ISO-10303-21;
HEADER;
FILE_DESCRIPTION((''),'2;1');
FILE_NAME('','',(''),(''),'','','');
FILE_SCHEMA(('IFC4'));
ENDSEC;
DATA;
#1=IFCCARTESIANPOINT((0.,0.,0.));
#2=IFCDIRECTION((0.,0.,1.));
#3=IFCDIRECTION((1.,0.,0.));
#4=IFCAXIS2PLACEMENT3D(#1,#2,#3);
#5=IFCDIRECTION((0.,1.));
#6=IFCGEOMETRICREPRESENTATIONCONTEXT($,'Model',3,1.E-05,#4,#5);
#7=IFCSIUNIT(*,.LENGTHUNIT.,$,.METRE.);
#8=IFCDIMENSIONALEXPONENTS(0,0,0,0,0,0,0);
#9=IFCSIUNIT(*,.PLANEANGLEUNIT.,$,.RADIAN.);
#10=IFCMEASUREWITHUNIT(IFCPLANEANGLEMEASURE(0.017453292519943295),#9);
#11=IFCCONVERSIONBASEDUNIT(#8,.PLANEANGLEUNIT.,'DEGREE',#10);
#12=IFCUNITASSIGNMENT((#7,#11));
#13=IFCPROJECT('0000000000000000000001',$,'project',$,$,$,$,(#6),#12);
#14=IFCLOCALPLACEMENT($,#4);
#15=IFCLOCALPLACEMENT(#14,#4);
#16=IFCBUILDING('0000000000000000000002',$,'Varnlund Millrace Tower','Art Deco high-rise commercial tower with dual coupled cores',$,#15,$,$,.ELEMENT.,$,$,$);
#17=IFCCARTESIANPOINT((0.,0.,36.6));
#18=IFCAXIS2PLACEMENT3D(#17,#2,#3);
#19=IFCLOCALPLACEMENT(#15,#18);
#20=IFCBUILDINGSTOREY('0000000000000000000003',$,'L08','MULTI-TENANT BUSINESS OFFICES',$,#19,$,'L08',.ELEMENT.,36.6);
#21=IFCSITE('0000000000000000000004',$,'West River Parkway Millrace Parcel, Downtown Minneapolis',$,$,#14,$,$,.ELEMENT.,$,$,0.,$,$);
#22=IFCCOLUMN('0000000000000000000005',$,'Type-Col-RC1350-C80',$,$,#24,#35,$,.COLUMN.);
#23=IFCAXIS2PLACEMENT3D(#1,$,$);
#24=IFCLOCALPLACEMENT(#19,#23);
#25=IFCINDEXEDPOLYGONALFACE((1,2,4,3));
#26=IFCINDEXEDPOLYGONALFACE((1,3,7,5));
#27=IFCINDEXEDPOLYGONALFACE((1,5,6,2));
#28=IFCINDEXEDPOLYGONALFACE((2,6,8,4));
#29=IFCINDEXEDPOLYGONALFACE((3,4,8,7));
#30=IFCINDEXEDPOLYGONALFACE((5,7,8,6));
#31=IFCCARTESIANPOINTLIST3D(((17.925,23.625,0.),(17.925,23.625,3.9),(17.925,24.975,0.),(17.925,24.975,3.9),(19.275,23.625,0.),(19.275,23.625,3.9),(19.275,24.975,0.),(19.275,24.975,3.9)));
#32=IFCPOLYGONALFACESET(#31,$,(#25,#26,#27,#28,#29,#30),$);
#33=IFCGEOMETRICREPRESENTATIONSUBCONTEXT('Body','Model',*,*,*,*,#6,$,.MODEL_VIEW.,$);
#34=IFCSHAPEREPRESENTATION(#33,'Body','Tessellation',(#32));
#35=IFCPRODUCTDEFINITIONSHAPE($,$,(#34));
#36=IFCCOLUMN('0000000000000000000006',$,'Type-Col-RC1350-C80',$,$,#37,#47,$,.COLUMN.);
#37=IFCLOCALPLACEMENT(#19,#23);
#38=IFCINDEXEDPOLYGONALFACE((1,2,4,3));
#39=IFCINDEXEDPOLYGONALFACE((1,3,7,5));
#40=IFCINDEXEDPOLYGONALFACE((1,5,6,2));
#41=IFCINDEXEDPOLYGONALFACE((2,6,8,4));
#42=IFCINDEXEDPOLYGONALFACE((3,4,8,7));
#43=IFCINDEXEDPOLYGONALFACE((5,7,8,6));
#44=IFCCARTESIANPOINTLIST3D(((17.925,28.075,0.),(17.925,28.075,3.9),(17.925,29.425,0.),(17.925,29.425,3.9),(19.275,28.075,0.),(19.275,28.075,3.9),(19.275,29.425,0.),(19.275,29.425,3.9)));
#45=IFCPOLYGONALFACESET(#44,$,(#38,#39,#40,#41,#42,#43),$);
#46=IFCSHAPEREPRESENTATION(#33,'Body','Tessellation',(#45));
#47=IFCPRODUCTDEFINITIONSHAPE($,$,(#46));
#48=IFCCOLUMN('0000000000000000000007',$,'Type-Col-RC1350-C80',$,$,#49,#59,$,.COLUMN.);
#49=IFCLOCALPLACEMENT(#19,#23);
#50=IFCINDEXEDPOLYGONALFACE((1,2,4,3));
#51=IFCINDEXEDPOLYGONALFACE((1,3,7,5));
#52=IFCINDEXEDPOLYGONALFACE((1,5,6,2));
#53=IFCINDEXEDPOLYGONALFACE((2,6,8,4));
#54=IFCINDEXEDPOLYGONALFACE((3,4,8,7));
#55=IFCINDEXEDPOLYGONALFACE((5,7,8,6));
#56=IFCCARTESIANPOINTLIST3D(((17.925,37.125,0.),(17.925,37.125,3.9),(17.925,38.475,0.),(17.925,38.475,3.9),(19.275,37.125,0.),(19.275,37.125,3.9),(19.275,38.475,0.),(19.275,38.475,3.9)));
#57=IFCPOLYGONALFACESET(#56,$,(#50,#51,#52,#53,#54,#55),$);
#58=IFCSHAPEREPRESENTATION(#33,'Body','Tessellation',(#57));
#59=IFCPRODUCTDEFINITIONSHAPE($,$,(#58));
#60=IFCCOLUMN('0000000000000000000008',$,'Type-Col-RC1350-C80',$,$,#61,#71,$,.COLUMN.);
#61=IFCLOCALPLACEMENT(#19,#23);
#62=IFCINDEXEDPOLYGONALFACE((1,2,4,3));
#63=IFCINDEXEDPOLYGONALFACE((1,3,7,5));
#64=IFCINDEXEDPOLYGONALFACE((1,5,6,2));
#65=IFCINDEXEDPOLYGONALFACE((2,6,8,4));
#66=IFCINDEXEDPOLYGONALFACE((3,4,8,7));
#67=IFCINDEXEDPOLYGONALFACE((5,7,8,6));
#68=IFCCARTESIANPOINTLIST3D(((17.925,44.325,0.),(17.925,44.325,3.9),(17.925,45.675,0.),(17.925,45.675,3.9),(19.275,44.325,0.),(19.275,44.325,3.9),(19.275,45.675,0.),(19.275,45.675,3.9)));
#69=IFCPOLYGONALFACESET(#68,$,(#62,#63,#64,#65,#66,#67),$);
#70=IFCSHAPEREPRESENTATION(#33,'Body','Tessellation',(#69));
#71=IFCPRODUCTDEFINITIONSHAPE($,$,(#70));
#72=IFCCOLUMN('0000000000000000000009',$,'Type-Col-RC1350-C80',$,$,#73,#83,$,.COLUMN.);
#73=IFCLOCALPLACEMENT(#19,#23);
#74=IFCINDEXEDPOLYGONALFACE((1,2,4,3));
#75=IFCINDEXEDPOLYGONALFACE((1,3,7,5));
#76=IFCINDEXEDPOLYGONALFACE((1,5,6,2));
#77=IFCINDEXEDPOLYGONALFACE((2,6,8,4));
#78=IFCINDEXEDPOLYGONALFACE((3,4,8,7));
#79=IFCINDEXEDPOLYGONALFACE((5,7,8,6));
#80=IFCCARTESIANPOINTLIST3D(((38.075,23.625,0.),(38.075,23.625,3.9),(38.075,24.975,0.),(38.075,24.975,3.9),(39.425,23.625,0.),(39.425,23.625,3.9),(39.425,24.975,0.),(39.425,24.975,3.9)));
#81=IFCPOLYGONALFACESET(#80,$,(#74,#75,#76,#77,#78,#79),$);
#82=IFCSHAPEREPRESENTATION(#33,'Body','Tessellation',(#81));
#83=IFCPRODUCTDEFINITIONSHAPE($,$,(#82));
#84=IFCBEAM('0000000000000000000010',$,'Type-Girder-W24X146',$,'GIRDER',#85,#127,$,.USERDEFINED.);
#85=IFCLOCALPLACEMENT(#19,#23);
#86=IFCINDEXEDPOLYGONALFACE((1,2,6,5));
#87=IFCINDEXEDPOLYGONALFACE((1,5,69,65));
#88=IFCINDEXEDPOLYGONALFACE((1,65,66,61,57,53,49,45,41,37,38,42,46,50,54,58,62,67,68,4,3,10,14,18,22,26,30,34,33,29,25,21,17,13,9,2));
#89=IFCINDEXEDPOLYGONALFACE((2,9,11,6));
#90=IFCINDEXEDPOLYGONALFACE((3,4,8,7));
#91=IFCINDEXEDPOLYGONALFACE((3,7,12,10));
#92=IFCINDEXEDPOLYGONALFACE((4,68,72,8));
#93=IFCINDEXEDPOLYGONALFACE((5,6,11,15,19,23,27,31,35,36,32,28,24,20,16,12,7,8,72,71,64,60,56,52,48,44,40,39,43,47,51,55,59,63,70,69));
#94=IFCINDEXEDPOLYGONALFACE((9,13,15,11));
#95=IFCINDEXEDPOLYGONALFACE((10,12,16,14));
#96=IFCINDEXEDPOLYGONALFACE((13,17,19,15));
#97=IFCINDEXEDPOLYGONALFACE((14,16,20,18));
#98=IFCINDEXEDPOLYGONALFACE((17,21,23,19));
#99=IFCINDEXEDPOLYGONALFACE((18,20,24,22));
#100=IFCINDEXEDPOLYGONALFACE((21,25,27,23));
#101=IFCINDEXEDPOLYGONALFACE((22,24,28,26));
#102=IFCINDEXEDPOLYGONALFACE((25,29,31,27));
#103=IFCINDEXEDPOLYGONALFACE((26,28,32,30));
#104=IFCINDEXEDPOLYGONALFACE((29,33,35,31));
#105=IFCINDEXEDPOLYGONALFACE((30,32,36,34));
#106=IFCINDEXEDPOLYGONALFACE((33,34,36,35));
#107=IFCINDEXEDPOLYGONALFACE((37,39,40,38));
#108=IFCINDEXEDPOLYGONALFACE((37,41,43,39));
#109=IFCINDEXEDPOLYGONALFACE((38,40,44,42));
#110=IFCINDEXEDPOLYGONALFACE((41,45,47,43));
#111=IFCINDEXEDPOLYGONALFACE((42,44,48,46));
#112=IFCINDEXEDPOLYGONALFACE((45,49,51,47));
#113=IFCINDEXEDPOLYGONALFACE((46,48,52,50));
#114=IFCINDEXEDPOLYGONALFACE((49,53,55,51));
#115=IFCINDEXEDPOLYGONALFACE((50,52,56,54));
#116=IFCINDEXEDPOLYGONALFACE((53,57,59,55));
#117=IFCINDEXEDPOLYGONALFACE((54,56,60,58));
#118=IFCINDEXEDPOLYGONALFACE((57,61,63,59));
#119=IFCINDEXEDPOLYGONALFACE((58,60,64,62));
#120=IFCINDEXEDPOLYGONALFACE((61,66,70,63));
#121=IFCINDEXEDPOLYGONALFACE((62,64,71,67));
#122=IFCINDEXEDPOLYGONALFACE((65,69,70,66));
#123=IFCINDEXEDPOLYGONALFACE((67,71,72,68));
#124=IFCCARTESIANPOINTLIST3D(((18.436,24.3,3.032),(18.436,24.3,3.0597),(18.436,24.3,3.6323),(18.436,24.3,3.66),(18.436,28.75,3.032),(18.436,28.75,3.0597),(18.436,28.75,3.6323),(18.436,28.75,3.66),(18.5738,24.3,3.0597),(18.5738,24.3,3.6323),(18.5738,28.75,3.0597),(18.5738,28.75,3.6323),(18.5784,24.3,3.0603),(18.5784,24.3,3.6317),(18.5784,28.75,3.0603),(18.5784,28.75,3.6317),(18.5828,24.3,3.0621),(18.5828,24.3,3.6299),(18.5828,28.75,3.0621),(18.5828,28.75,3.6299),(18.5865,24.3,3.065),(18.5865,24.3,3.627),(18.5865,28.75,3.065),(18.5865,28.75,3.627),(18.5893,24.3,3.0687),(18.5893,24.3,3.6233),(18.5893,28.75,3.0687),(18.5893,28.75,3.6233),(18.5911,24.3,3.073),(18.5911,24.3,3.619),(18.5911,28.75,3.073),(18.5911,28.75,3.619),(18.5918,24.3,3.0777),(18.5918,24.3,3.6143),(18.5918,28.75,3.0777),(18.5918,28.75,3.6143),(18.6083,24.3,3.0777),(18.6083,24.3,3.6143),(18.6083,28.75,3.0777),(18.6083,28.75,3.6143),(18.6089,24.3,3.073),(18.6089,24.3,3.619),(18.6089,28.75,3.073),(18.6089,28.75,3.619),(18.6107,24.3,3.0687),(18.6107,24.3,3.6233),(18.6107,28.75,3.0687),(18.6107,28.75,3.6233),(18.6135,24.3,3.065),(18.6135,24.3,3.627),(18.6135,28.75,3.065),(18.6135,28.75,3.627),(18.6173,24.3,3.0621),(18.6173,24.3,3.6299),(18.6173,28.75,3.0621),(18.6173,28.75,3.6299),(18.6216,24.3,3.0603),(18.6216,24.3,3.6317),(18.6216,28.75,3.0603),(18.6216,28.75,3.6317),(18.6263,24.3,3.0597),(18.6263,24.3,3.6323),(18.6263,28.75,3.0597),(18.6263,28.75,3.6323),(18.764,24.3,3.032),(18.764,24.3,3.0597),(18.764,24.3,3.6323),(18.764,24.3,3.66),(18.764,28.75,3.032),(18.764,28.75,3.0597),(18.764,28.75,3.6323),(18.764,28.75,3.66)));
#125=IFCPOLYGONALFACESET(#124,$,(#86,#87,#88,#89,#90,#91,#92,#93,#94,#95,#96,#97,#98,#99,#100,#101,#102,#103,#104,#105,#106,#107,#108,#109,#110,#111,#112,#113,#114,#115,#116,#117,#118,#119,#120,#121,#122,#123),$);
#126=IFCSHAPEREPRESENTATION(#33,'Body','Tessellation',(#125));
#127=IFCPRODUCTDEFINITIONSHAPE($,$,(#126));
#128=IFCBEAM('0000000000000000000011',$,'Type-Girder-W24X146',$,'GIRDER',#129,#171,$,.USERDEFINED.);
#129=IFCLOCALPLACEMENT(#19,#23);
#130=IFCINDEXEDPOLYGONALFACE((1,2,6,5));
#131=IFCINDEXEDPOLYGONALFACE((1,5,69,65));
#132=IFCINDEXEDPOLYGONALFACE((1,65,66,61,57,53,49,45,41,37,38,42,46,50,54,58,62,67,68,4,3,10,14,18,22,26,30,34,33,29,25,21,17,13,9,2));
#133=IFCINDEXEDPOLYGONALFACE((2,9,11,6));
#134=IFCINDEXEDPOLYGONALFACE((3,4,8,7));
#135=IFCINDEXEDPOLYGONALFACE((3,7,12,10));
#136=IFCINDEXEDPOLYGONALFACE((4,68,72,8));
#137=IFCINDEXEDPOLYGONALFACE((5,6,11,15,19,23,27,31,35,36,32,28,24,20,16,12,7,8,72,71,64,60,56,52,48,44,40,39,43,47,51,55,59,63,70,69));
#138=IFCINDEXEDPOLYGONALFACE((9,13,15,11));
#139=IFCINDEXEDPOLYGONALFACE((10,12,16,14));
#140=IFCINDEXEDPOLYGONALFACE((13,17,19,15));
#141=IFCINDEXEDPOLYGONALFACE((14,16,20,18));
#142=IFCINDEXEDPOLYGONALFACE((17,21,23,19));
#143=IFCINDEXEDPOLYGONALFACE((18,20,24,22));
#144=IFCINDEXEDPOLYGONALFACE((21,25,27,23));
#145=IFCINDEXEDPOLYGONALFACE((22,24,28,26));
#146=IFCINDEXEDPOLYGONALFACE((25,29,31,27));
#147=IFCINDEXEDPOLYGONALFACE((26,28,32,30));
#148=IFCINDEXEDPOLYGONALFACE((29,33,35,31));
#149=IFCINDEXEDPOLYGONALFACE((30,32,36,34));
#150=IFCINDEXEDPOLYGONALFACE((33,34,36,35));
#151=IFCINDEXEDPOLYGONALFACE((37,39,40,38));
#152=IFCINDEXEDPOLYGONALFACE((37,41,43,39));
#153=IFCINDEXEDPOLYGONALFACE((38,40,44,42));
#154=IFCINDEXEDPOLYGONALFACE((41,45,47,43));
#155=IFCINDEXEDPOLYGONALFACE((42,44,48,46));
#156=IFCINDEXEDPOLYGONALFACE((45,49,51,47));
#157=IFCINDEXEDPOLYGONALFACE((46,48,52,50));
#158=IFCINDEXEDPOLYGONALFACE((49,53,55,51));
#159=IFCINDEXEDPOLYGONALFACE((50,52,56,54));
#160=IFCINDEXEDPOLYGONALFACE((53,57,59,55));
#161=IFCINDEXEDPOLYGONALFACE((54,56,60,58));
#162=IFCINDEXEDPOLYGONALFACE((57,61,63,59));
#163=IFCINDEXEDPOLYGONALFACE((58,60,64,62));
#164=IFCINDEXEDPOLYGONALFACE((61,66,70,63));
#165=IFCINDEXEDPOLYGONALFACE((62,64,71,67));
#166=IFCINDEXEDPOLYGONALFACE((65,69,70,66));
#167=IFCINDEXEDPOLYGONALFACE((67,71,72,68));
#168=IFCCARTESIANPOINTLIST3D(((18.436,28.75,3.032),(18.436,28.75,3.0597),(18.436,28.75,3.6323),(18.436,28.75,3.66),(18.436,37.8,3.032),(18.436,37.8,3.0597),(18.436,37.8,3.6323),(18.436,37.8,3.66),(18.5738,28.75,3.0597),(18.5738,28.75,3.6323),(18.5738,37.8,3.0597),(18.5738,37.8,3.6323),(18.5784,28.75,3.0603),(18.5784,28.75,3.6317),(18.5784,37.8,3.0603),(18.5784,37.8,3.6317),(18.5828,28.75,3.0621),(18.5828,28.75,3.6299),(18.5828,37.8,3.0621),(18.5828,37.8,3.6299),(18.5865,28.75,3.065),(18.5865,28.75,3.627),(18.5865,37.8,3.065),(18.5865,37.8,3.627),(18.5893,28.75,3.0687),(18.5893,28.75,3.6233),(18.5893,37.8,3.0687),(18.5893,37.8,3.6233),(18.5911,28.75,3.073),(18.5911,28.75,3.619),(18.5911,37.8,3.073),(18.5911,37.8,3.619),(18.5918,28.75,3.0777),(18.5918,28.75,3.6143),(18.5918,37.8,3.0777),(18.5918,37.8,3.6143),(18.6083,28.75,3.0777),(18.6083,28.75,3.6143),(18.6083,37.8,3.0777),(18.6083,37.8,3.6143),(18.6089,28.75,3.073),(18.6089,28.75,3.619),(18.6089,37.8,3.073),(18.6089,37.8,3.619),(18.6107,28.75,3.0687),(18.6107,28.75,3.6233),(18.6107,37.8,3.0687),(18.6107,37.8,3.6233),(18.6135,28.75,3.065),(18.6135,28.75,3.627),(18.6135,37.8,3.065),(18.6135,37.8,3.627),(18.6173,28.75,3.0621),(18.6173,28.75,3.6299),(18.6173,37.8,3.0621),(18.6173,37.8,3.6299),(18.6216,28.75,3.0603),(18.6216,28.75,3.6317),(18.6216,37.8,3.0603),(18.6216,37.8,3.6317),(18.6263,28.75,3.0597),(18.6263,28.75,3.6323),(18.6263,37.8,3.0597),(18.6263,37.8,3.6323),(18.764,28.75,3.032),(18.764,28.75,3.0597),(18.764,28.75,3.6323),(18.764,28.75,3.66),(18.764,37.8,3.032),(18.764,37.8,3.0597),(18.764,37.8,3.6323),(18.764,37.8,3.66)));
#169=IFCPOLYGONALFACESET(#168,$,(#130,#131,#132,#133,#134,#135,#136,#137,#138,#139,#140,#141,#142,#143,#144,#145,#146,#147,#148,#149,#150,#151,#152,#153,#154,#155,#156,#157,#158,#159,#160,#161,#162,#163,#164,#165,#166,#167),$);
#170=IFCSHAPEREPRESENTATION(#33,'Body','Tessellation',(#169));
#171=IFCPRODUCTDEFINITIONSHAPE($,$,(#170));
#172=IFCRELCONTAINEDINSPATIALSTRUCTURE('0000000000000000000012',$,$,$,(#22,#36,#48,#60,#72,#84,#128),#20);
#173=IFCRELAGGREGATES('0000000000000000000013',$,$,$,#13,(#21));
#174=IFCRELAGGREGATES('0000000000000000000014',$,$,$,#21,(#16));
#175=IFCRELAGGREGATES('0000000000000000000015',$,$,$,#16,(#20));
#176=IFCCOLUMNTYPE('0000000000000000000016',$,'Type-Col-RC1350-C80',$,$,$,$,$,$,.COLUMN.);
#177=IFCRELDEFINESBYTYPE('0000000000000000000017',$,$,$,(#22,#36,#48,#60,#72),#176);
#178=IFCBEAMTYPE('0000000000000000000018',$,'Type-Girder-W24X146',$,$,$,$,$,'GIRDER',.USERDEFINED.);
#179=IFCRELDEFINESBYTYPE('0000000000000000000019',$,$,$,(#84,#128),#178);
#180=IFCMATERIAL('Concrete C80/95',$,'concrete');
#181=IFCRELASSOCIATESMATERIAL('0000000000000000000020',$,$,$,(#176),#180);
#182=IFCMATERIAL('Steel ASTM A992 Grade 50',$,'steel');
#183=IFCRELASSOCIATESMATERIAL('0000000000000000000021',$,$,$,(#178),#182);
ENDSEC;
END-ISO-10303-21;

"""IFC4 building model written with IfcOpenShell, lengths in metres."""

from ifc_helpers import new_model, entity, si_unit, converted_unit, direction, frame, origin_with_axes, origin_2d_with_axis, place, context, subcontext, project, spatial, rectangle, i_section, extrude, material, material_profile, profile_set, type_object, element, save


model = new_model("IFC4")

# Units and contexts
model_context = context("Model", 3, precision=1e-05, world=origin_with_axes(), true_north=direction((0.0, 1.0)))
body_context = subcontext(model_context, "Body", "Model", "MODEL_VIEW")
ifc_project = project(units=[si_unit("LENGTHUNIT", "METRE"), converted_unit("PLANEANGLEUNIT", "DEGREE", entity("IfcPlaneAngleMeasure", 0.017453292519943295), si_unit("PLANEANGLEUNIT", "RADIAN"), dimensions=[0, 0, 0, 0, 0, 0, 0])], contexts=[model_context])

# Site, building, storey
site_placement = place(None, origin_with_axes())
site = spatial("IfcSite", under=ifc_project, at=site_placement, Name="West River Parkway Millrace Parcel, Downtown Minneapolis", CompositionType="ELEMENT", RefElevation=0.0)
building_placement = place(site_placement, origin_with_axes())
building = spatial("IfcBuilding", under=site, at=building_placement, Name="Varnlund Millrace Tower", Description="Art Deco high-rise commercial tower with dual coupled cores", CompositionType="ELEMENT")
storey_placement = place(building_placement, frame((0.0, 0.0, 36.6), z_axis=(0.0, 0.0, 1.0), x_axis=(1.0, 0.0, 0.0)))
storey = spatial("IfcBuildingStorey", under=building, at=storey_placement, Name="L08", Description="MULTI-TENANT BUSINESS OFFICES", LongName="L08", CompositionType="ELEMENT", Elevation=36.6)

# Columns
ifc_material_1 = material(Name="Concrete C80/95", Category="concrete")
ifc_material_profile_1 = material_profile(ifc_material_1, rectangle(XDim=1.35, YDim=1.35, at=origin_2d_with_axis()), Name="Concrete C80/95")
ifc_profile_set_1 = profile_set([ifc_material_profile_1], Name="Concrete C80/95")
column_type = type_object("IfcColumnType", Name="Type-Col-RC1350-C80", PredefinedType="COLUMN", material=ifc_profile_set_1)
for number, where, z_axis, x_axis, name in (
    (1, (18.6, 24.3, 0.0), (0.0, 0.0, 1.0), (1.0, 0.0, 0.0), "Type-Col-RC1350-C80"),
    (2, (18.6, 28.75, 0.0), (0.0, 0.0, 1.0), (1.0, 0.0, 0.0), "Type-Col-RC1350-C80"),
    (3, (18.6, 37.8, 0.0), (0.0, 0.0, 1.0), (1.0, 0.0, 0.0), "Type-Col-RC1350-C80"),
    (4, (18.6, 45.0, 0.0), (0.0, 0.0, 1.0), (1.0, 0.0, 0.0), "Type-Col-RC1350-C80"),
    (5, (38.75, 24.3, 0.0), (0.0, 0.0, 1.0), (1.0, 0.0, 0.0), "Type-Col-RC1350-C80"),
):
    element("IfcColumn", number, at=place(storey_placement, frame(where, z_axis=z_axis, x_axis=x_axis)), inside=storey, type_object=column_type, Name=name, PredefinedType="COLUMN", context=body_context, shape_type="SweptSolid", body=[
        extrude(rectangle(XDim=1.35, YDim=1.35, at=origin_2d_with_axis()), origin_with_axes(), (0.0, 0.0, 1.0), 3.9),
    ])

# Beams
ifc_material_2 = material(Name="Steel ASTM A992 Grade 50", Category="steel")
ifc_material_profile_2 = material_profile(ifc_material_2, i_section(OverallWidth=0.328, OverallDepth=0.628, WebThickness=0.0165, FlangeThickness=0.0277, FilletRadius=0.018, at=origin_2d_with_axis()), Name="Steel ASTM A992 Grade 50")
ifc_profile_set_2 = profile_set([ifc_material_profile_2], Name="Steel ASTM A992 Grade 50")
beam_type_1 = type_object("IfcBeamType", Name="Type-Girder-W24X146", ElementType="GIRDER", PredefinedType="USERDEFINED", material=ifc_profile_set_2)
beam_1_placement = place(storey_placement, frame((18.6, 24.3, 3.346), z_axis=(0.0, 1.0, 0.0), x_axis=(-1.0, 0.0, 0.0)))
element("IfcBeam", 6, at=beam_1_placement, inside=storey, type_object=beam_type_1, Name="Type-Girder-W24X146", ObjectType="GIRDER", PredefinedType="USERDEFINED", context=body_context, shape_type="SweptSolid", body=[
    extrude(i_section(OverallWidth=0.328, OverallDepth=0.628, WebThickness=0.0165, FlangeThickness=0.0277, FilletRadius=0.018, at=origin_2d_with_axis()), origin_with_axes(), (0.0, 0.0, 1.0), 4.45),
])
beam_2_placement = place(storey_placement, frame((18.6, 28.75, 3.346), z_axis=(0.0, 1.0, 0.0), x_axis=(-1.0, 0.0, 0.0)))
element("IfcBeam", 7, at=beam_2_placement, inside=storey, type_object=beam_type_1, Name="Type-Girder-W24X146", ObjectType="GIRDER", PredefinedType="USERDEFINED", context=body_context, shape_type="SweptSolid", body=[
    extrude(i_section(OverallWidth=0.328, OverallDepth=0.628, WebThickness=0.0165, FlangeThickness=0.0277, FilletRadius=0.018, at=origin_2d_with_axis()), origin_with_axes(), (0.0, 0.0, 1.0), 9.05),
])

save(model, "model.ifc")
